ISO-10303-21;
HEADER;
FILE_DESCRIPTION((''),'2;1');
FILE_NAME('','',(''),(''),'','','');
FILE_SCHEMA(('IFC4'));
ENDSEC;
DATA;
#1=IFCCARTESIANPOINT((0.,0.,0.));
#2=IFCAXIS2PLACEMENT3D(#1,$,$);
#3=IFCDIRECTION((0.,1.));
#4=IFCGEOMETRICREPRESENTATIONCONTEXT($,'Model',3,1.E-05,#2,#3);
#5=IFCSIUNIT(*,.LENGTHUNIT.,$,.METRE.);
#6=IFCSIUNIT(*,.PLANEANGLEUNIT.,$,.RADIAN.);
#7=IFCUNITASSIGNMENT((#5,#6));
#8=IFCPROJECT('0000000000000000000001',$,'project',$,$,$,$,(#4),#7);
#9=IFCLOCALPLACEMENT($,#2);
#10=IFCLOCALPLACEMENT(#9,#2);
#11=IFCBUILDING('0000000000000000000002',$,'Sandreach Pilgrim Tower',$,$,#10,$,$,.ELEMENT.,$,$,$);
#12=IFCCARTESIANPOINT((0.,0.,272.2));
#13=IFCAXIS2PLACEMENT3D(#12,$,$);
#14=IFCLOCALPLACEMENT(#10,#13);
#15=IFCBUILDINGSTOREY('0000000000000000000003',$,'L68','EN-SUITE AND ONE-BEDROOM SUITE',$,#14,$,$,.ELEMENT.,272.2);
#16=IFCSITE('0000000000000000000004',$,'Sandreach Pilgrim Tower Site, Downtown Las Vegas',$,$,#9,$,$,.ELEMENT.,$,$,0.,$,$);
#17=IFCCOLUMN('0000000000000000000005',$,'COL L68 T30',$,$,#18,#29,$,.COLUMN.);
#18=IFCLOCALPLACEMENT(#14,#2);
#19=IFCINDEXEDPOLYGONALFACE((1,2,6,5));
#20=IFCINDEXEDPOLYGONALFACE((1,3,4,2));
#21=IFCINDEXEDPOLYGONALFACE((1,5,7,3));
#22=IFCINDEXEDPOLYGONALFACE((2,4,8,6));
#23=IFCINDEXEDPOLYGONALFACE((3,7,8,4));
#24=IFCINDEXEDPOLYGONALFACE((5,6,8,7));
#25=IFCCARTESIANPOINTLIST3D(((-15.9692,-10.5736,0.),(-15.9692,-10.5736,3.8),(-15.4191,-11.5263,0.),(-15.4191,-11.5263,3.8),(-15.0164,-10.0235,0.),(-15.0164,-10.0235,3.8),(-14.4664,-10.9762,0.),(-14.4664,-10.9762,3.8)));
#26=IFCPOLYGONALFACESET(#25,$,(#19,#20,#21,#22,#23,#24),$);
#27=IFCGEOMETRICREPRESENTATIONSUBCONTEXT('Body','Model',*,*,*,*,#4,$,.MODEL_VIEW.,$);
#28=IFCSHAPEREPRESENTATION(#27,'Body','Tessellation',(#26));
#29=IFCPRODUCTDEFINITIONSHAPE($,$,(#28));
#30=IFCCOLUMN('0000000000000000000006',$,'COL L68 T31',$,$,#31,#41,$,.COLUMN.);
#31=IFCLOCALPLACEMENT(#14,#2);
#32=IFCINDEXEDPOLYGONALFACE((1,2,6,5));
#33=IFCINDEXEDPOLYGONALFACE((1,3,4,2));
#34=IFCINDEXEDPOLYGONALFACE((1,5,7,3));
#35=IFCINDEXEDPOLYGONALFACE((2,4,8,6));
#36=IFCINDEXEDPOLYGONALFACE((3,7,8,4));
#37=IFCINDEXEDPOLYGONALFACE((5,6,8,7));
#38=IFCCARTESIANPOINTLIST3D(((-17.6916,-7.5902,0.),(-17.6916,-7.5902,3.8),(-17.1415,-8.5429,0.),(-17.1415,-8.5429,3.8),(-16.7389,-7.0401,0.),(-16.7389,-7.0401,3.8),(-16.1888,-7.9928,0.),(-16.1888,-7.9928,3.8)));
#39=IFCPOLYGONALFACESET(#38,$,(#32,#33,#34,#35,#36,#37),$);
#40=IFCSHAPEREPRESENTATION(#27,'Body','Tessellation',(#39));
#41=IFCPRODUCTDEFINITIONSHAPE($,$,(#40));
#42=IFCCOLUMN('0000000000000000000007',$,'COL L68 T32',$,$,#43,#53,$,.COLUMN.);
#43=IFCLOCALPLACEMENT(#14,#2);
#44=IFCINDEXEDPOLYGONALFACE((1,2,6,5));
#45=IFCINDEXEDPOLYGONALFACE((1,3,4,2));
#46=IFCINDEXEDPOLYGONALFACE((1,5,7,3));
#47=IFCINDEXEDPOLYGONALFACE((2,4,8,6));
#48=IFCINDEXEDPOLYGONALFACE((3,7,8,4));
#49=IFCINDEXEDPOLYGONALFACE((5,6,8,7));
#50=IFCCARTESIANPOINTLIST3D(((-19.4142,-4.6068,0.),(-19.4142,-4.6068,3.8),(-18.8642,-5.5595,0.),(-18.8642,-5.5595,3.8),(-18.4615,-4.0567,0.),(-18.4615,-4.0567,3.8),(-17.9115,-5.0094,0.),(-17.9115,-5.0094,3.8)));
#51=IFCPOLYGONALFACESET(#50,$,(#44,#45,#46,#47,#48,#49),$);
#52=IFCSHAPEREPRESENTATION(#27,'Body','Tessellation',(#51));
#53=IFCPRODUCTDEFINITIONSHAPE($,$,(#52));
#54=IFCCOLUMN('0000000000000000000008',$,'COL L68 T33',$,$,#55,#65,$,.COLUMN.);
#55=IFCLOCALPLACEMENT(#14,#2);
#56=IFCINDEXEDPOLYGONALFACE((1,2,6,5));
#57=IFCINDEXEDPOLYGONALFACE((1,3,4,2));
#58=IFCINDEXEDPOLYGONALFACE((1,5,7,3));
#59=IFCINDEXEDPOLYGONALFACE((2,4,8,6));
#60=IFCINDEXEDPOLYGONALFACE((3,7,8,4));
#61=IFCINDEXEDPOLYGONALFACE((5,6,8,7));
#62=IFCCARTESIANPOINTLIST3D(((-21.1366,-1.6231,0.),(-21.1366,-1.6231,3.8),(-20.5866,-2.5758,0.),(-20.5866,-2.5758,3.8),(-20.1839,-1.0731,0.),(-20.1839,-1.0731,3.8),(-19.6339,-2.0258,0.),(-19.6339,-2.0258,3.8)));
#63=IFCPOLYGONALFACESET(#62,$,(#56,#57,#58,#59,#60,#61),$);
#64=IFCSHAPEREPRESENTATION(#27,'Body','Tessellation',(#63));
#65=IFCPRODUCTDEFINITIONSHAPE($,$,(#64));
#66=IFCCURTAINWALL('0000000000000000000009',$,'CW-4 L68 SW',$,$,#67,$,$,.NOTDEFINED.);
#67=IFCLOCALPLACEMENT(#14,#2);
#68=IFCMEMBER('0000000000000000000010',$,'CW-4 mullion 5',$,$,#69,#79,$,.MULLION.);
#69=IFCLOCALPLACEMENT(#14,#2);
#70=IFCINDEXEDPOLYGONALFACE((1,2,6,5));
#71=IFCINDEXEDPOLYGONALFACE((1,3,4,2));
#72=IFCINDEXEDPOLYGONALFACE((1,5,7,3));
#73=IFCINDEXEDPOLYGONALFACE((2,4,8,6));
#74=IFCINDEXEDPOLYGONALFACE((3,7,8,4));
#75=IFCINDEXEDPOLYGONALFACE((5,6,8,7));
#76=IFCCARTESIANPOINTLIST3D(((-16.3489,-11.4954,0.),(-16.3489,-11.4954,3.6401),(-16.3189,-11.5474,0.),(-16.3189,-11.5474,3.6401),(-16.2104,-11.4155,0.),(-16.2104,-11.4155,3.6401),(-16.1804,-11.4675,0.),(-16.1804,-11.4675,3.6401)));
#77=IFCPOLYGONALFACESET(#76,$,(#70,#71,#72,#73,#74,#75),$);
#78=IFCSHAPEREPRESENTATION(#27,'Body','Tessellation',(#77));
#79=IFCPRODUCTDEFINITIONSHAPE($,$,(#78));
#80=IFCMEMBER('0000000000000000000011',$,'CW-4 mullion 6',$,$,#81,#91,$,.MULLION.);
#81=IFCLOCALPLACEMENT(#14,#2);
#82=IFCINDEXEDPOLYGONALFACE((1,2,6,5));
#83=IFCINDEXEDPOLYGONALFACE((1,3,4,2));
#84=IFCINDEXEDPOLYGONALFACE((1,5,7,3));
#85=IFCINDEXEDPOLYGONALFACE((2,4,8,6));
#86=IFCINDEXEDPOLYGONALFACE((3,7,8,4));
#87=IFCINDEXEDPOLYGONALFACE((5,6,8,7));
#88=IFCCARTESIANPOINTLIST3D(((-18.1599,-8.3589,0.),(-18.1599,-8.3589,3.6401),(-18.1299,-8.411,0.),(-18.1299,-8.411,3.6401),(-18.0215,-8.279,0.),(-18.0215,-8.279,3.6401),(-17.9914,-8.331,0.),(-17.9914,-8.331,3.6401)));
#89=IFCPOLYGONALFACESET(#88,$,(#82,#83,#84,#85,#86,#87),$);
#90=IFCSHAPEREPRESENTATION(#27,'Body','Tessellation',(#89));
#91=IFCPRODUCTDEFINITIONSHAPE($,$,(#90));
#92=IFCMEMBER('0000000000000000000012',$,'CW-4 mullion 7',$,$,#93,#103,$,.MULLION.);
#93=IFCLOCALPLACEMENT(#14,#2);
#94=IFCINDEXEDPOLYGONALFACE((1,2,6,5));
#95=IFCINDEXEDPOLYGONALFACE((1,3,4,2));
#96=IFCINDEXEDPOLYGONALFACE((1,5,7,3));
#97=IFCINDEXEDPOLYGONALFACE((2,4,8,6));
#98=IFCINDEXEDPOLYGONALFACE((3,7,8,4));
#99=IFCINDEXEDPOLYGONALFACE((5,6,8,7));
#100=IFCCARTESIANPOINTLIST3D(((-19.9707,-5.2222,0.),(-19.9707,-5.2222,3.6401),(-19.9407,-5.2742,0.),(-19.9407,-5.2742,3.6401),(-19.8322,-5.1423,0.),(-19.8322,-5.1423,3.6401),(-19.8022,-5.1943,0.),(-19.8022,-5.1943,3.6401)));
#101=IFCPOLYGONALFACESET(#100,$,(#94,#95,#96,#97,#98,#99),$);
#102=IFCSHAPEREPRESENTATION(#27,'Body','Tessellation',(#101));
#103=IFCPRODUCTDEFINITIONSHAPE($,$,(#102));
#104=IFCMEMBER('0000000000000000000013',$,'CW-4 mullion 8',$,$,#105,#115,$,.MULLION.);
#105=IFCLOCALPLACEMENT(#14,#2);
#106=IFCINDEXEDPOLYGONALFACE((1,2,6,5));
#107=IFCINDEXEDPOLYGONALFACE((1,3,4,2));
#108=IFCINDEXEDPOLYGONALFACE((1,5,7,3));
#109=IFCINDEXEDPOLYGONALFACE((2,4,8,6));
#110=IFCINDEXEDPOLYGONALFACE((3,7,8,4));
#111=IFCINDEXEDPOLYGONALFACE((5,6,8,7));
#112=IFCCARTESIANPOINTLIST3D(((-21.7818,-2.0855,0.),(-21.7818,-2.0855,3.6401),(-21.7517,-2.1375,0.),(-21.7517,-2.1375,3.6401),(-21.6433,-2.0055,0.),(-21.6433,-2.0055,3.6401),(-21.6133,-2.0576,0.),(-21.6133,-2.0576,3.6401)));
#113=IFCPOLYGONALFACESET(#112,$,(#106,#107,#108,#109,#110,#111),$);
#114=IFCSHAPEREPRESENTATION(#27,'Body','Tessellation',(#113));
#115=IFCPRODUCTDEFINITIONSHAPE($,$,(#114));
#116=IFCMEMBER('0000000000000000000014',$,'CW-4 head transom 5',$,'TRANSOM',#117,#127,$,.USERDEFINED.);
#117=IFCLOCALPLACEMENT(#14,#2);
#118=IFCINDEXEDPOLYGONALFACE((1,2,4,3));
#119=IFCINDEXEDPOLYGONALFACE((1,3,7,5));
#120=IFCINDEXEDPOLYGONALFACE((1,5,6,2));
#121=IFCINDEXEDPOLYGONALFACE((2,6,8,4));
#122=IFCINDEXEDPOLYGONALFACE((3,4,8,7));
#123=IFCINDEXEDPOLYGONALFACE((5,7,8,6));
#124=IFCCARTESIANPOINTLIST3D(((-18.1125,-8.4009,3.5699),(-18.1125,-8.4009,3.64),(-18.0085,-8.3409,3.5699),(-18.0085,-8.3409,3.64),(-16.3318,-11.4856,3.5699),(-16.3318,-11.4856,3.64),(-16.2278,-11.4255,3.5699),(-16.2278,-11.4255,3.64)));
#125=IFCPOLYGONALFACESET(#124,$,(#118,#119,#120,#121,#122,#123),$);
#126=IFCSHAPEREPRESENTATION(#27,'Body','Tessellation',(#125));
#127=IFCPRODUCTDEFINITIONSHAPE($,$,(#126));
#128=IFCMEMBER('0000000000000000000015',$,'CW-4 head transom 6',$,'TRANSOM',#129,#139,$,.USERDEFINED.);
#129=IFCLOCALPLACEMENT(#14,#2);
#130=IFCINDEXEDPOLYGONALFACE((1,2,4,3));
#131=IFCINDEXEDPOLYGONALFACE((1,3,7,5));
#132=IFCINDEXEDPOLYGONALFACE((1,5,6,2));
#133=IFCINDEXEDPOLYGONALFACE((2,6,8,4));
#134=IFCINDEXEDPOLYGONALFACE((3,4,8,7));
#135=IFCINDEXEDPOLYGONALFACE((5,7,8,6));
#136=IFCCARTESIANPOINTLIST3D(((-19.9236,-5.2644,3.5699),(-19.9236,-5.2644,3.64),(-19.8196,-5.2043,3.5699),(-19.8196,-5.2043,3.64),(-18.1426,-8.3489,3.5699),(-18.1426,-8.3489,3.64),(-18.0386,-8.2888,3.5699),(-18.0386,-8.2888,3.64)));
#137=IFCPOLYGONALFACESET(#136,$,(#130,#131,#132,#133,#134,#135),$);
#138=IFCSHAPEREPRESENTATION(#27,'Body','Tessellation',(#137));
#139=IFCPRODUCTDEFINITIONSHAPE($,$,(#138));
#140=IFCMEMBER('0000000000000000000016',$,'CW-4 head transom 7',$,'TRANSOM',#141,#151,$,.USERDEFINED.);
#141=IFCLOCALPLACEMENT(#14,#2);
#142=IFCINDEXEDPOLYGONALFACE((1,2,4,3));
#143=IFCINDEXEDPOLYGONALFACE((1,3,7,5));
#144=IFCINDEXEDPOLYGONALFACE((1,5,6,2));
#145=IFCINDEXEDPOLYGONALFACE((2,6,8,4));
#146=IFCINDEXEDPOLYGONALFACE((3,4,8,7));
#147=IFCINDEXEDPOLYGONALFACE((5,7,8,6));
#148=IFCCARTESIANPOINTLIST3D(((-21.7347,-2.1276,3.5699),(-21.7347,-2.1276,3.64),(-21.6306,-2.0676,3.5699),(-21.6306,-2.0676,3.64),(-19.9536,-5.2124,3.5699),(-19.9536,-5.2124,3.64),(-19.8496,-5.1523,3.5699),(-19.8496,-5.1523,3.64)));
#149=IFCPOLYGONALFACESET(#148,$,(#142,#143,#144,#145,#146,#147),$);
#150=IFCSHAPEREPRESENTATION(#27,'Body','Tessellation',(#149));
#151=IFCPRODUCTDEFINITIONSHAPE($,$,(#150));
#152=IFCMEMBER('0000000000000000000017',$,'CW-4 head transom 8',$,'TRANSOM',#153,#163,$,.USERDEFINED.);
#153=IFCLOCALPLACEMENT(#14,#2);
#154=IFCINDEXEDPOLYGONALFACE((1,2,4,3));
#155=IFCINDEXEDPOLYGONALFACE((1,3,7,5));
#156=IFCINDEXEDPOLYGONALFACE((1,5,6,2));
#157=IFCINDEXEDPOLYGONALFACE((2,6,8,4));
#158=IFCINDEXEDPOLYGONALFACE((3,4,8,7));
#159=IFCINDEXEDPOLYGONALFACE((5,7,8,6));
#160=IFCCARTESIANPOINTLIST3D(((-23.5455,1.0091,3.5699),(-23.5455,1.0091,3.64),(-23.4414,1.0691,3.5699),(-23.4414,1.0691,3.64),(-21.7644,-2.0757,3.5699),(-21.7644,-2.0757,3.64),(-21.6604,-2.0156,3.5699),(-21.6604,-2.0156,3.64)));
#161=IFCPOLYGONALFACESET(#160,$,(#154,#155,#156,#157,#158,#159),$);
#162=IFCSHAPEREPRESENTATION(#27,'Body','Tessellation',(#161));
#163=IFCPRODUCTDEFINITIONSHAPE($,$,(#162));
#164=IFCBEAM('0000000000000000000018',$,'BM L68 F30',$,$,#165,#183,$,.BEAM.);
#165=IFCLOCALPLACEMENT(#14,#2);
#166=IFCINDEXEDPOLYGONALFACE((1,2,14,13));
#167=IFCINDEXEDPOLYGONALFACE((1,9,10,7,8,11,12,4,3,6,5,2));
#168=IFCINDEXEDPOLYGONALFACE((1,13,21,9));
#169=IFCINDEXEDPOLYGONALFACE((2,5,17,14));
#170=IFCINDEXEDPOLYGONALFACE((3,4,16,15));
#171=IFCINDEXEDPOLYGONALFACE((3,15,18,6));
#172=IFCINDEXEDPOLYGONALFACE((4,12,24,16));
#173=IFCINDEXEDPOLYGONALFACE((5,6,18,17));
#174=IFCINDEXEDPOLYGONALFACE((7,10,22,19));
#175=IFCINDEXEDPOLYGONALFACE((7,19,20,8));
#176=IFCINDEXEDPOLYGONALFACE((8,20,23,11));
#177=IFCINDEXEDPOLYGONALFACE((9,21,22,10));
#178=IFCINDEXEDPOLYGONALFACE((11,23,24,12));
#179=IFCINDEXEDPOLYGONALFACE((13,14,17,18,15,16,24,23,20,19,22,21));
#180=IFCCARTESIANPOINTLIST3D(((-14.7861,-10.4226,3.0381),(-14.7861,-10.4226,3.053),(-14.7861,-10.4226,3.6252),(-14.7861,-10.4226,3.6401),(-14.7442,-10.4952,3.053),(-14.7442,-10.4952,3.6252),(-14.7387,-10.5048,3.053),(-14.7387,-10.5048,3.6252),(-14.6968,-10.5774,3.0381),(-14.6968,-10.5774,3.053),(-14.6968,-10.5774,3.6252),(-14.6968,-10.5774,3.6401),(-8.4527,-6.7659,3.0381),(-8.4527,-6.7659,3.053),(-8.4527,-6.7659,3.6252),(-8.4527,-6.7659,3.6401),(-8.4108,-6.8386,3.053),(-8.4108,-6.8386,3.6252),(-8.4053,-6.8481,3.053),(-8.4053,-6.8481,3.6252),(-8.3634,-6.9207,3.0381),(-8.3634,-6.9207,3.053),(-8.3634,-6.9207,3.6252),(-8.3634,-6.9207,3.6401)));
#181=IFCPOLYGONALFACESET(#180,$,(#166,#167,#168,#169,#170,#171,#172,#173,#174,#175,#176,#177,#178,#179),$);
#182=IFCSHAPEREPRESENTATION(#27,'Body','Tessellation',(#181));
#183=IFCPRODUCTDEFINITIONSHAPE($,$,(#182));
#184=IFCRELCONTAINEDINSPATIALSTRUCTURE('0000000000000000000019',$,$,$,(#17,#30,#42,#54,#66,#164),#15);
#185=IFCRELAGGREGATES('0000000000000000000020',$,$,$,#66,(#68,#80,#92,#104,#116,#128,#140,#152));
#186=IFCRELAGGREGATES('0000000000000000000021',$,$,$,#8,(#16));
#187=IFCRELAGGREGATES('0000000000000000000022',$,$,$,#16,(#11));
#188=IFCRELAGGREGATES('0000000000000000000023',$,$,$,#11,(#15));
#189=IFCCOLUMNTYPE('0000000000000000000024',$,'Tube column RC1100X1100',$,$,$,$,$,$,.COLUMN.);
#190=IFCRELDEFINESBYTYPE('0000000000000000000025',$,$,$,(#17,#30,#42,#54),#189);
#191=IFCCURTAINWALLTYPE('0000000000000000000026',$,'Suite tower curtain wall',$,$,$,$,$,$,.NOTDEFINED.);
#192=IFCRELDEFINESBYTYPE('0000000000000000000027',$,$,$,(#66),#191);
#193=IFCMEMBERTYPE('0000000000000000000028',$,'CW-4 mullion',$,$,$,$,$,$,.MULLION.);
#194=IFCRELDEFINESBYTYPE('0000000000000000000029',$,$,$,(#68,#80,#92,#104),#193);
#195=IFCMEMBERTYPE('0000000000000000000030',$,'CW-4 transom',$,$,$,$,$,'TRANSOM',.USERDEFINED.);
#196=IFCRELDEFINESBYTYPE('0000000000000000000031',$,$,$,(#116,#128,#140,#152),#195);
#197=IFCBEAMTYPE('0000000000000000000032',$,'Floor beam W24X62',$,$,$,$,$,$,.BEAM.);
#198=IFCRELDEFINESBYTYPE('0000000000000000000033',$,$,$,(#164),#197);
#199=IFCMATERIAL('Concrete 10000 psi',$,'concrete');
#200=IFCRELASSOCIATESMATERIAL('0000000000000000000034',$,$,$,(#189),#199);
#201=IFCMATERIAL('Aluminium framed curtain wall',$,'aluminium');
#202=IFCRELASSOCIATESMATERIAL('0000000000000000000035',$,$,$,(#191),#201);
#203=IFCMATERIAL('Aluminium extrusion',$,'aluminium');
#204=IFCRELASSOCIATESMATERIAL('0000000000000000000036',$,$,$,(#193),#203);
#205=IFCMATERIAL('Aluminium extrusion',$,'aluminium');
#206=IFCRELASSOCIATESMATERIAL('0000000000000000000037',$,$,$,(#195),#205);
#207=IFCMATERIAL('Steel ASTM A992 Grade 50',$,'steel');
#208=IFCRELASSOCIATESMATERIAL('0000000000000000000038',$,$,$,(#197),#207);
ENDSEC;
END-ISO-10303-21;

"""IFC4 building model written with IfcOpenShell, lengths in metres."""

from ifc_helpers import new_model, si_unit, direction, frame, origin, origin_2d, place, context, subcontext, project, spatial, rectangle, i_section, extrude, material, material_profile, profile_set, type_object, element, aggregate, save


model = new_model("IFC4")

# Units and contexts
model_context = context("Model", 3, precision=1e-05, world=origin(), true_north=direction((0.0, 1.0)))
body_context = subcontext(model_context, "Body", "Model", "MODEL_VIEW")
ifc_project = project(units=[si_unit("LENGTHUNIT", "METRE"), si_unit("PLANEANGLEUNIT", "RADIAN")], contexts=[model_context])

# Site, building, storey
site_placement = place(None, origin())
site = spatial("IfcSite", under=ifc_project, at=site_placement, Name="Sandreach Pilgrim Tower Site, Downtown Las Vegas", CompositionType="ELEMENT", RefElevation=0.0)
building_placement = place(site_placement, origin())
building = spatial("IfcBuilding", under=site, at=building_placement, Name="Sandreach Pilgrim Tower", CompositionType="ELEMENT")
storey_placement = place(building_placement, frame((0.0, 0.0, 272.2)))
storey = spatial("IfcBuildingStorey", under=building, at=storey_placement, Name="L68", Description="EN-SUITE AND ONE-BEDROOM SUITE", CompositionType="ELEMENT", Elevation=272.2)

# Columns
ifc_material_1 = material(Name="Concrete 10000 psi", Category="concrete")
ifc_material_profile_1 = material_profile(ifc_material_1, rectangle(XDim=1.1001, YDim=1.1001, at=origin_2d()), Name="RC1100X1100")
ifc_profile_set_1 = profile_set([ifc_material_profile_1], Name="Concrete 10000 psi")
column_type = type_object("IfcColumnType", Name="Tube column RC1100X1100", PredefinedType="COLUMN", material=ifc_profile_set_1)
for number, where, z_axis, x_axis, name in (
    (1, (-15.2178, -10.7749, 0.0), (0.0, 0.0, 1.0), (-0.866025, -0.5, 0.0), "COL L68 T30"),
    (2, (-16.9402, -7.7915, 0.0), (0.0, 0.0, 1.0), (-0.866025, -0.5, 0.0), "COL L68 T31"),
    (3, (-18.6628, -4.8081, 0.0), (0.0, 0.0, 1.0), (-0.866025, -0.5, 0.0), "COL L68 T32"),
    (4, (-20.3853, -1.8245, 0.0), (0.0, 0.0, 1.0), (-0.866025, -0.5, 0.0), "COL L68 T33"),
):
    element("IfcColumn", number, at=place(storey_placement, frame(where, z_axis=z_axis, x_axis=x_axis)), inside=storey, type_object=column_type, Name=name, PredefinedType="COLUMN", context=body_context, shape_type="SweptSolid", body=[
        extrude(rectangle(XDim=1.1001, YDim=1.1001, at=origin_2d()), origin(), (0.0, 0.0, 1.0), 3.8),
    ])

# Curtain wall, members
ifc_material_2 = material(Name="Aluminium framed curtain wall", Category="aluminium")
curtain_wall_type = type_object("IfcCurtainWallType", Name="Suite tower curtain wall", PredefinedType="NOTDEFINED", material=ifc_material_2)
curtain_wall_placement = place(storey_placement, origin())
curtain_wall = element("IfcCurtainWall", 5, at=curtain_wall_placement, inside=storey, type_object=curtain_wall_type, Name="CW-4 L68 SW", PredefinedType="NOTDEFINED")
ifc_material_3 = material(Name="Aluminium extrusion", Category="aluminium")
ifc_material_profile_2 = material_profile(ifc_material_3, rectangle(XDim=0.0601, YDim=0.1599, at=origin_2d()), Name="CW-4M 60X160")
ifc_profile_set_2 = profile_set([ifc_material_profile_2], Name="Aluminium extrusion")
member_type_1 = type_object("IfcMemberType", Name="CW-4 mullion", PredefinedType="MULLION", material=ifc_profile_set_2)
member_1_placement = place(storey_placement, frame((-16.2646, -11.4814, 0.0), z_axis=(0.0, 0.0, 1.0), x_axis=(-0.5, 0.866025, 0.0)))
member_1 = element("IfcMember", 6, at=member_1_placement, type_object=member_type_1, Name="CW-4 mullion 5", PredefinedType="MULLION", context=body_context, shape_type="SweptSolid", body=[
    extrude(rectangle(XDim=0.0601, YDim=0.1599, at=origin_2d()), origin(), (0.0, 0.0, 1.0), 3.6401),
])
member_2_placement = place(storey_placement, frame((-18.0757, -8.345, 0.0), z_axis=(0.0, 0.0, 1.0), x_axis=(-0.5, 0.866025, 0.0)))
member_2 = element("IfcMember", 7, at=member_2_placement, type_object=member_type_1, Name="CW-4 mullion 6", PredefinedType="MULLION", context=body_context, shape_type="SweptSolid", body=[
    extrude(rectangle(XDim=0.0601, YDim=0.1599, at=origin_2d()), origin(), (0.0, 0.0, 1.0), 3.6401),
])
member_3_placement = place(storey_placement, frame((-19.8865, -5.2083, 0.0), z_axis=(0.0, 0.0, 1.0), x_axis=(-0.5, 0.866025, 0.0)))
member_3 = element("IfcMember", 8, at=member_3_placement, type_object=member_type_1, Name="CW-4 mullion 7", PredefinedType="MULLION", context=body_context, shape_type="SweptSolid", body=[
    extrude(rectangle(XDim=0.0601, YDim=0.1599, at=origin_2d()), origin(), (0.0, 0.0, 1.0), 3.6401),
])
member_4_placement = place(storey_placement, frame((-21.6975, -2.0715, 0.0), z_axis=(0.0, 0.0, 1.0), x_axis=(-0.5, 0.866025, 0.0)))
member_4 = element("IfcMember", 9, at=member_4_placement, type_object=member_type_1, Name="CW-4 mullion 8", PredefinedType="MULLION", context=body_context, shape_type="SweptSolid", body=[
    extrude(rectangle(XDim=0.0601, YDim=0.1599, at=origin_2d()), origin(), (0.0, 0.0, 1.0), 3.6401),
])
ifc_material_4 = material(Name="Aluminium extrusion", Category="aluminium")
ifc_material_profile_3 = material_profile(ifc_material_4, rectangle(XDim=0.1201, YDim=0.0701, at=origin_2d()), Name="CW-4T 120X70")
ifc_profile_set_3 = profile_set([ifc_material_profile_3], Name="Aluminium extrusion")
member_type_2 = type_object("IfcMemberType", Name="CW-4 transom", ElementType="TRANSOM", PredefinedType="USERDEFINED", material=ifc_profile_set_3)
member_5_placement = place(storey_placement, frame((-16.2798, -11.4556, 3.605), z_axis=(-0.499958, 0.86605, 0.0), x_axis=(-0.86605, -0.499958, 0.0)))
member_5 = element("IfcMember", 10, at=member_5_placement, type_object=member_type_2, Name="CW-4 head transom 5", ObjectType="TRANSOM", PredefinedType="USERDEFINED", context=body_context, shape_type="SweptSolid", body=[
    extrude(rectangle(XDim=0.1201, YDim=0.0701, at=origin_2d()), origin(), (0.0, 0.0, 1.0), 3.5618),
])
member_6_placement = place(storey_placement, frame((-18.0906, -8.3188, 3.605), z_axis=(-0.500039, 0.866003, 0.0), x_axis=(-0.866003, -0.500039, 0.0)))
member_6 = element("IfcMember", 11, at=member_6_placement, type_object=member_type_2, Name="CW-4 head transom 6", ObjectType="TRANSOM", PredefinedType="USERDEFINED", context=body_context, shape_type="SweptSolid", body=[
    extrude(rectangle(XDim=0.1201, YDim=0.0701, at=origin_2d()), origin(), (0.0, 0.0, 1.0), 3.5618),
])
member_7_placement = place(storey_placement, frame((-19.9016, -5.1824, 3.605), z_axis=(-0.500009, 0.86602, 0.0), x_axis=(-0.86602, -0.500009, 0.0)))
member_7 = element("IfcMember", 12, at=member_7_placement, type_object=member_type_2, Name="CW-4 head transom 7", ObjectType="TRANSOM", PredefinedType="USERDEFINED", context=body_context, shape_type="SweptSolid", body=[
    extrude(rectangle(XDim=0.1201, YDim=0.0701, at=origin_2d()), origin(), (0.0, 0.0, 1.0), 3.562),
])
member_8_placement = place(storey_placement, frame((-21.7124, -2.0457, 3.605), z_axis=(-0.500009, 0.86602, 0.0), x_axis=(-0.86602, -0.500009, 0.0)))
member_8 = element("IfcMember", 13, at=member_8_placement, type_object=member_type_2, Name="CW-4 head transom 8", ObjectType="TRANSOM", PredefinedType="USERDEFINED", context=body_context, shape_type="SweptSolid", body=[
    extrude(rectangle(XDim=0.1201, YDim=0.0701, at=origin_2d()), origin(), (0.0, 0.0, 1.0), 3.562),
])

# Beam
ifc_material_5 = material(Name="Steel ASTM A992 Grade 50", Category="steel")
ifc_material_profile_4 = material_profile(ifc_material_5, i_section(OverallWidth=0.1787, OverallDepth=0.6021, WebThickness=0.011, FlangeThickness=0.0149, at=origin_2d()), Name="W24X62")
ifc_profile_set_4 = profile_set([ifc_material_profile_4], Name="Steel ASTM A992 Grade 50")
beam_type_1 = type_object("IfcBeamType", Name="Floor beam W24X62", PredefinedType="BEAM", material=ifc_profile_set_4)
beam_1_placement = place(storey_placement, frame((-14.7415, -10.5, 3.3391), z_axis=(0.86602, 0.500009, 0.0), x_axis=(-0.500009, 0.86602, 0.0)))
element("IfcBeam", 14, at=beam_1_placement, inside=storey, type_object=beam_type_1, Name="BM L68 F30", PredefinedType="BEAM", context=body_context, shape_type="SweptSolid", body=[
    extrude(i_section(OverallWidth=0.1787, OverallDepth=0.6021, WebThickness=0.011, FlangeThickness=0.0149, at=origin_2d()), origin(), (0.0, 0.0, 1.0), 7.3132),
])

aggregate(curtain_wall, [member_1, member_2, member_3, member_4, member_5, member_6, member_7, member_8])

save(model, "model.ifc")
